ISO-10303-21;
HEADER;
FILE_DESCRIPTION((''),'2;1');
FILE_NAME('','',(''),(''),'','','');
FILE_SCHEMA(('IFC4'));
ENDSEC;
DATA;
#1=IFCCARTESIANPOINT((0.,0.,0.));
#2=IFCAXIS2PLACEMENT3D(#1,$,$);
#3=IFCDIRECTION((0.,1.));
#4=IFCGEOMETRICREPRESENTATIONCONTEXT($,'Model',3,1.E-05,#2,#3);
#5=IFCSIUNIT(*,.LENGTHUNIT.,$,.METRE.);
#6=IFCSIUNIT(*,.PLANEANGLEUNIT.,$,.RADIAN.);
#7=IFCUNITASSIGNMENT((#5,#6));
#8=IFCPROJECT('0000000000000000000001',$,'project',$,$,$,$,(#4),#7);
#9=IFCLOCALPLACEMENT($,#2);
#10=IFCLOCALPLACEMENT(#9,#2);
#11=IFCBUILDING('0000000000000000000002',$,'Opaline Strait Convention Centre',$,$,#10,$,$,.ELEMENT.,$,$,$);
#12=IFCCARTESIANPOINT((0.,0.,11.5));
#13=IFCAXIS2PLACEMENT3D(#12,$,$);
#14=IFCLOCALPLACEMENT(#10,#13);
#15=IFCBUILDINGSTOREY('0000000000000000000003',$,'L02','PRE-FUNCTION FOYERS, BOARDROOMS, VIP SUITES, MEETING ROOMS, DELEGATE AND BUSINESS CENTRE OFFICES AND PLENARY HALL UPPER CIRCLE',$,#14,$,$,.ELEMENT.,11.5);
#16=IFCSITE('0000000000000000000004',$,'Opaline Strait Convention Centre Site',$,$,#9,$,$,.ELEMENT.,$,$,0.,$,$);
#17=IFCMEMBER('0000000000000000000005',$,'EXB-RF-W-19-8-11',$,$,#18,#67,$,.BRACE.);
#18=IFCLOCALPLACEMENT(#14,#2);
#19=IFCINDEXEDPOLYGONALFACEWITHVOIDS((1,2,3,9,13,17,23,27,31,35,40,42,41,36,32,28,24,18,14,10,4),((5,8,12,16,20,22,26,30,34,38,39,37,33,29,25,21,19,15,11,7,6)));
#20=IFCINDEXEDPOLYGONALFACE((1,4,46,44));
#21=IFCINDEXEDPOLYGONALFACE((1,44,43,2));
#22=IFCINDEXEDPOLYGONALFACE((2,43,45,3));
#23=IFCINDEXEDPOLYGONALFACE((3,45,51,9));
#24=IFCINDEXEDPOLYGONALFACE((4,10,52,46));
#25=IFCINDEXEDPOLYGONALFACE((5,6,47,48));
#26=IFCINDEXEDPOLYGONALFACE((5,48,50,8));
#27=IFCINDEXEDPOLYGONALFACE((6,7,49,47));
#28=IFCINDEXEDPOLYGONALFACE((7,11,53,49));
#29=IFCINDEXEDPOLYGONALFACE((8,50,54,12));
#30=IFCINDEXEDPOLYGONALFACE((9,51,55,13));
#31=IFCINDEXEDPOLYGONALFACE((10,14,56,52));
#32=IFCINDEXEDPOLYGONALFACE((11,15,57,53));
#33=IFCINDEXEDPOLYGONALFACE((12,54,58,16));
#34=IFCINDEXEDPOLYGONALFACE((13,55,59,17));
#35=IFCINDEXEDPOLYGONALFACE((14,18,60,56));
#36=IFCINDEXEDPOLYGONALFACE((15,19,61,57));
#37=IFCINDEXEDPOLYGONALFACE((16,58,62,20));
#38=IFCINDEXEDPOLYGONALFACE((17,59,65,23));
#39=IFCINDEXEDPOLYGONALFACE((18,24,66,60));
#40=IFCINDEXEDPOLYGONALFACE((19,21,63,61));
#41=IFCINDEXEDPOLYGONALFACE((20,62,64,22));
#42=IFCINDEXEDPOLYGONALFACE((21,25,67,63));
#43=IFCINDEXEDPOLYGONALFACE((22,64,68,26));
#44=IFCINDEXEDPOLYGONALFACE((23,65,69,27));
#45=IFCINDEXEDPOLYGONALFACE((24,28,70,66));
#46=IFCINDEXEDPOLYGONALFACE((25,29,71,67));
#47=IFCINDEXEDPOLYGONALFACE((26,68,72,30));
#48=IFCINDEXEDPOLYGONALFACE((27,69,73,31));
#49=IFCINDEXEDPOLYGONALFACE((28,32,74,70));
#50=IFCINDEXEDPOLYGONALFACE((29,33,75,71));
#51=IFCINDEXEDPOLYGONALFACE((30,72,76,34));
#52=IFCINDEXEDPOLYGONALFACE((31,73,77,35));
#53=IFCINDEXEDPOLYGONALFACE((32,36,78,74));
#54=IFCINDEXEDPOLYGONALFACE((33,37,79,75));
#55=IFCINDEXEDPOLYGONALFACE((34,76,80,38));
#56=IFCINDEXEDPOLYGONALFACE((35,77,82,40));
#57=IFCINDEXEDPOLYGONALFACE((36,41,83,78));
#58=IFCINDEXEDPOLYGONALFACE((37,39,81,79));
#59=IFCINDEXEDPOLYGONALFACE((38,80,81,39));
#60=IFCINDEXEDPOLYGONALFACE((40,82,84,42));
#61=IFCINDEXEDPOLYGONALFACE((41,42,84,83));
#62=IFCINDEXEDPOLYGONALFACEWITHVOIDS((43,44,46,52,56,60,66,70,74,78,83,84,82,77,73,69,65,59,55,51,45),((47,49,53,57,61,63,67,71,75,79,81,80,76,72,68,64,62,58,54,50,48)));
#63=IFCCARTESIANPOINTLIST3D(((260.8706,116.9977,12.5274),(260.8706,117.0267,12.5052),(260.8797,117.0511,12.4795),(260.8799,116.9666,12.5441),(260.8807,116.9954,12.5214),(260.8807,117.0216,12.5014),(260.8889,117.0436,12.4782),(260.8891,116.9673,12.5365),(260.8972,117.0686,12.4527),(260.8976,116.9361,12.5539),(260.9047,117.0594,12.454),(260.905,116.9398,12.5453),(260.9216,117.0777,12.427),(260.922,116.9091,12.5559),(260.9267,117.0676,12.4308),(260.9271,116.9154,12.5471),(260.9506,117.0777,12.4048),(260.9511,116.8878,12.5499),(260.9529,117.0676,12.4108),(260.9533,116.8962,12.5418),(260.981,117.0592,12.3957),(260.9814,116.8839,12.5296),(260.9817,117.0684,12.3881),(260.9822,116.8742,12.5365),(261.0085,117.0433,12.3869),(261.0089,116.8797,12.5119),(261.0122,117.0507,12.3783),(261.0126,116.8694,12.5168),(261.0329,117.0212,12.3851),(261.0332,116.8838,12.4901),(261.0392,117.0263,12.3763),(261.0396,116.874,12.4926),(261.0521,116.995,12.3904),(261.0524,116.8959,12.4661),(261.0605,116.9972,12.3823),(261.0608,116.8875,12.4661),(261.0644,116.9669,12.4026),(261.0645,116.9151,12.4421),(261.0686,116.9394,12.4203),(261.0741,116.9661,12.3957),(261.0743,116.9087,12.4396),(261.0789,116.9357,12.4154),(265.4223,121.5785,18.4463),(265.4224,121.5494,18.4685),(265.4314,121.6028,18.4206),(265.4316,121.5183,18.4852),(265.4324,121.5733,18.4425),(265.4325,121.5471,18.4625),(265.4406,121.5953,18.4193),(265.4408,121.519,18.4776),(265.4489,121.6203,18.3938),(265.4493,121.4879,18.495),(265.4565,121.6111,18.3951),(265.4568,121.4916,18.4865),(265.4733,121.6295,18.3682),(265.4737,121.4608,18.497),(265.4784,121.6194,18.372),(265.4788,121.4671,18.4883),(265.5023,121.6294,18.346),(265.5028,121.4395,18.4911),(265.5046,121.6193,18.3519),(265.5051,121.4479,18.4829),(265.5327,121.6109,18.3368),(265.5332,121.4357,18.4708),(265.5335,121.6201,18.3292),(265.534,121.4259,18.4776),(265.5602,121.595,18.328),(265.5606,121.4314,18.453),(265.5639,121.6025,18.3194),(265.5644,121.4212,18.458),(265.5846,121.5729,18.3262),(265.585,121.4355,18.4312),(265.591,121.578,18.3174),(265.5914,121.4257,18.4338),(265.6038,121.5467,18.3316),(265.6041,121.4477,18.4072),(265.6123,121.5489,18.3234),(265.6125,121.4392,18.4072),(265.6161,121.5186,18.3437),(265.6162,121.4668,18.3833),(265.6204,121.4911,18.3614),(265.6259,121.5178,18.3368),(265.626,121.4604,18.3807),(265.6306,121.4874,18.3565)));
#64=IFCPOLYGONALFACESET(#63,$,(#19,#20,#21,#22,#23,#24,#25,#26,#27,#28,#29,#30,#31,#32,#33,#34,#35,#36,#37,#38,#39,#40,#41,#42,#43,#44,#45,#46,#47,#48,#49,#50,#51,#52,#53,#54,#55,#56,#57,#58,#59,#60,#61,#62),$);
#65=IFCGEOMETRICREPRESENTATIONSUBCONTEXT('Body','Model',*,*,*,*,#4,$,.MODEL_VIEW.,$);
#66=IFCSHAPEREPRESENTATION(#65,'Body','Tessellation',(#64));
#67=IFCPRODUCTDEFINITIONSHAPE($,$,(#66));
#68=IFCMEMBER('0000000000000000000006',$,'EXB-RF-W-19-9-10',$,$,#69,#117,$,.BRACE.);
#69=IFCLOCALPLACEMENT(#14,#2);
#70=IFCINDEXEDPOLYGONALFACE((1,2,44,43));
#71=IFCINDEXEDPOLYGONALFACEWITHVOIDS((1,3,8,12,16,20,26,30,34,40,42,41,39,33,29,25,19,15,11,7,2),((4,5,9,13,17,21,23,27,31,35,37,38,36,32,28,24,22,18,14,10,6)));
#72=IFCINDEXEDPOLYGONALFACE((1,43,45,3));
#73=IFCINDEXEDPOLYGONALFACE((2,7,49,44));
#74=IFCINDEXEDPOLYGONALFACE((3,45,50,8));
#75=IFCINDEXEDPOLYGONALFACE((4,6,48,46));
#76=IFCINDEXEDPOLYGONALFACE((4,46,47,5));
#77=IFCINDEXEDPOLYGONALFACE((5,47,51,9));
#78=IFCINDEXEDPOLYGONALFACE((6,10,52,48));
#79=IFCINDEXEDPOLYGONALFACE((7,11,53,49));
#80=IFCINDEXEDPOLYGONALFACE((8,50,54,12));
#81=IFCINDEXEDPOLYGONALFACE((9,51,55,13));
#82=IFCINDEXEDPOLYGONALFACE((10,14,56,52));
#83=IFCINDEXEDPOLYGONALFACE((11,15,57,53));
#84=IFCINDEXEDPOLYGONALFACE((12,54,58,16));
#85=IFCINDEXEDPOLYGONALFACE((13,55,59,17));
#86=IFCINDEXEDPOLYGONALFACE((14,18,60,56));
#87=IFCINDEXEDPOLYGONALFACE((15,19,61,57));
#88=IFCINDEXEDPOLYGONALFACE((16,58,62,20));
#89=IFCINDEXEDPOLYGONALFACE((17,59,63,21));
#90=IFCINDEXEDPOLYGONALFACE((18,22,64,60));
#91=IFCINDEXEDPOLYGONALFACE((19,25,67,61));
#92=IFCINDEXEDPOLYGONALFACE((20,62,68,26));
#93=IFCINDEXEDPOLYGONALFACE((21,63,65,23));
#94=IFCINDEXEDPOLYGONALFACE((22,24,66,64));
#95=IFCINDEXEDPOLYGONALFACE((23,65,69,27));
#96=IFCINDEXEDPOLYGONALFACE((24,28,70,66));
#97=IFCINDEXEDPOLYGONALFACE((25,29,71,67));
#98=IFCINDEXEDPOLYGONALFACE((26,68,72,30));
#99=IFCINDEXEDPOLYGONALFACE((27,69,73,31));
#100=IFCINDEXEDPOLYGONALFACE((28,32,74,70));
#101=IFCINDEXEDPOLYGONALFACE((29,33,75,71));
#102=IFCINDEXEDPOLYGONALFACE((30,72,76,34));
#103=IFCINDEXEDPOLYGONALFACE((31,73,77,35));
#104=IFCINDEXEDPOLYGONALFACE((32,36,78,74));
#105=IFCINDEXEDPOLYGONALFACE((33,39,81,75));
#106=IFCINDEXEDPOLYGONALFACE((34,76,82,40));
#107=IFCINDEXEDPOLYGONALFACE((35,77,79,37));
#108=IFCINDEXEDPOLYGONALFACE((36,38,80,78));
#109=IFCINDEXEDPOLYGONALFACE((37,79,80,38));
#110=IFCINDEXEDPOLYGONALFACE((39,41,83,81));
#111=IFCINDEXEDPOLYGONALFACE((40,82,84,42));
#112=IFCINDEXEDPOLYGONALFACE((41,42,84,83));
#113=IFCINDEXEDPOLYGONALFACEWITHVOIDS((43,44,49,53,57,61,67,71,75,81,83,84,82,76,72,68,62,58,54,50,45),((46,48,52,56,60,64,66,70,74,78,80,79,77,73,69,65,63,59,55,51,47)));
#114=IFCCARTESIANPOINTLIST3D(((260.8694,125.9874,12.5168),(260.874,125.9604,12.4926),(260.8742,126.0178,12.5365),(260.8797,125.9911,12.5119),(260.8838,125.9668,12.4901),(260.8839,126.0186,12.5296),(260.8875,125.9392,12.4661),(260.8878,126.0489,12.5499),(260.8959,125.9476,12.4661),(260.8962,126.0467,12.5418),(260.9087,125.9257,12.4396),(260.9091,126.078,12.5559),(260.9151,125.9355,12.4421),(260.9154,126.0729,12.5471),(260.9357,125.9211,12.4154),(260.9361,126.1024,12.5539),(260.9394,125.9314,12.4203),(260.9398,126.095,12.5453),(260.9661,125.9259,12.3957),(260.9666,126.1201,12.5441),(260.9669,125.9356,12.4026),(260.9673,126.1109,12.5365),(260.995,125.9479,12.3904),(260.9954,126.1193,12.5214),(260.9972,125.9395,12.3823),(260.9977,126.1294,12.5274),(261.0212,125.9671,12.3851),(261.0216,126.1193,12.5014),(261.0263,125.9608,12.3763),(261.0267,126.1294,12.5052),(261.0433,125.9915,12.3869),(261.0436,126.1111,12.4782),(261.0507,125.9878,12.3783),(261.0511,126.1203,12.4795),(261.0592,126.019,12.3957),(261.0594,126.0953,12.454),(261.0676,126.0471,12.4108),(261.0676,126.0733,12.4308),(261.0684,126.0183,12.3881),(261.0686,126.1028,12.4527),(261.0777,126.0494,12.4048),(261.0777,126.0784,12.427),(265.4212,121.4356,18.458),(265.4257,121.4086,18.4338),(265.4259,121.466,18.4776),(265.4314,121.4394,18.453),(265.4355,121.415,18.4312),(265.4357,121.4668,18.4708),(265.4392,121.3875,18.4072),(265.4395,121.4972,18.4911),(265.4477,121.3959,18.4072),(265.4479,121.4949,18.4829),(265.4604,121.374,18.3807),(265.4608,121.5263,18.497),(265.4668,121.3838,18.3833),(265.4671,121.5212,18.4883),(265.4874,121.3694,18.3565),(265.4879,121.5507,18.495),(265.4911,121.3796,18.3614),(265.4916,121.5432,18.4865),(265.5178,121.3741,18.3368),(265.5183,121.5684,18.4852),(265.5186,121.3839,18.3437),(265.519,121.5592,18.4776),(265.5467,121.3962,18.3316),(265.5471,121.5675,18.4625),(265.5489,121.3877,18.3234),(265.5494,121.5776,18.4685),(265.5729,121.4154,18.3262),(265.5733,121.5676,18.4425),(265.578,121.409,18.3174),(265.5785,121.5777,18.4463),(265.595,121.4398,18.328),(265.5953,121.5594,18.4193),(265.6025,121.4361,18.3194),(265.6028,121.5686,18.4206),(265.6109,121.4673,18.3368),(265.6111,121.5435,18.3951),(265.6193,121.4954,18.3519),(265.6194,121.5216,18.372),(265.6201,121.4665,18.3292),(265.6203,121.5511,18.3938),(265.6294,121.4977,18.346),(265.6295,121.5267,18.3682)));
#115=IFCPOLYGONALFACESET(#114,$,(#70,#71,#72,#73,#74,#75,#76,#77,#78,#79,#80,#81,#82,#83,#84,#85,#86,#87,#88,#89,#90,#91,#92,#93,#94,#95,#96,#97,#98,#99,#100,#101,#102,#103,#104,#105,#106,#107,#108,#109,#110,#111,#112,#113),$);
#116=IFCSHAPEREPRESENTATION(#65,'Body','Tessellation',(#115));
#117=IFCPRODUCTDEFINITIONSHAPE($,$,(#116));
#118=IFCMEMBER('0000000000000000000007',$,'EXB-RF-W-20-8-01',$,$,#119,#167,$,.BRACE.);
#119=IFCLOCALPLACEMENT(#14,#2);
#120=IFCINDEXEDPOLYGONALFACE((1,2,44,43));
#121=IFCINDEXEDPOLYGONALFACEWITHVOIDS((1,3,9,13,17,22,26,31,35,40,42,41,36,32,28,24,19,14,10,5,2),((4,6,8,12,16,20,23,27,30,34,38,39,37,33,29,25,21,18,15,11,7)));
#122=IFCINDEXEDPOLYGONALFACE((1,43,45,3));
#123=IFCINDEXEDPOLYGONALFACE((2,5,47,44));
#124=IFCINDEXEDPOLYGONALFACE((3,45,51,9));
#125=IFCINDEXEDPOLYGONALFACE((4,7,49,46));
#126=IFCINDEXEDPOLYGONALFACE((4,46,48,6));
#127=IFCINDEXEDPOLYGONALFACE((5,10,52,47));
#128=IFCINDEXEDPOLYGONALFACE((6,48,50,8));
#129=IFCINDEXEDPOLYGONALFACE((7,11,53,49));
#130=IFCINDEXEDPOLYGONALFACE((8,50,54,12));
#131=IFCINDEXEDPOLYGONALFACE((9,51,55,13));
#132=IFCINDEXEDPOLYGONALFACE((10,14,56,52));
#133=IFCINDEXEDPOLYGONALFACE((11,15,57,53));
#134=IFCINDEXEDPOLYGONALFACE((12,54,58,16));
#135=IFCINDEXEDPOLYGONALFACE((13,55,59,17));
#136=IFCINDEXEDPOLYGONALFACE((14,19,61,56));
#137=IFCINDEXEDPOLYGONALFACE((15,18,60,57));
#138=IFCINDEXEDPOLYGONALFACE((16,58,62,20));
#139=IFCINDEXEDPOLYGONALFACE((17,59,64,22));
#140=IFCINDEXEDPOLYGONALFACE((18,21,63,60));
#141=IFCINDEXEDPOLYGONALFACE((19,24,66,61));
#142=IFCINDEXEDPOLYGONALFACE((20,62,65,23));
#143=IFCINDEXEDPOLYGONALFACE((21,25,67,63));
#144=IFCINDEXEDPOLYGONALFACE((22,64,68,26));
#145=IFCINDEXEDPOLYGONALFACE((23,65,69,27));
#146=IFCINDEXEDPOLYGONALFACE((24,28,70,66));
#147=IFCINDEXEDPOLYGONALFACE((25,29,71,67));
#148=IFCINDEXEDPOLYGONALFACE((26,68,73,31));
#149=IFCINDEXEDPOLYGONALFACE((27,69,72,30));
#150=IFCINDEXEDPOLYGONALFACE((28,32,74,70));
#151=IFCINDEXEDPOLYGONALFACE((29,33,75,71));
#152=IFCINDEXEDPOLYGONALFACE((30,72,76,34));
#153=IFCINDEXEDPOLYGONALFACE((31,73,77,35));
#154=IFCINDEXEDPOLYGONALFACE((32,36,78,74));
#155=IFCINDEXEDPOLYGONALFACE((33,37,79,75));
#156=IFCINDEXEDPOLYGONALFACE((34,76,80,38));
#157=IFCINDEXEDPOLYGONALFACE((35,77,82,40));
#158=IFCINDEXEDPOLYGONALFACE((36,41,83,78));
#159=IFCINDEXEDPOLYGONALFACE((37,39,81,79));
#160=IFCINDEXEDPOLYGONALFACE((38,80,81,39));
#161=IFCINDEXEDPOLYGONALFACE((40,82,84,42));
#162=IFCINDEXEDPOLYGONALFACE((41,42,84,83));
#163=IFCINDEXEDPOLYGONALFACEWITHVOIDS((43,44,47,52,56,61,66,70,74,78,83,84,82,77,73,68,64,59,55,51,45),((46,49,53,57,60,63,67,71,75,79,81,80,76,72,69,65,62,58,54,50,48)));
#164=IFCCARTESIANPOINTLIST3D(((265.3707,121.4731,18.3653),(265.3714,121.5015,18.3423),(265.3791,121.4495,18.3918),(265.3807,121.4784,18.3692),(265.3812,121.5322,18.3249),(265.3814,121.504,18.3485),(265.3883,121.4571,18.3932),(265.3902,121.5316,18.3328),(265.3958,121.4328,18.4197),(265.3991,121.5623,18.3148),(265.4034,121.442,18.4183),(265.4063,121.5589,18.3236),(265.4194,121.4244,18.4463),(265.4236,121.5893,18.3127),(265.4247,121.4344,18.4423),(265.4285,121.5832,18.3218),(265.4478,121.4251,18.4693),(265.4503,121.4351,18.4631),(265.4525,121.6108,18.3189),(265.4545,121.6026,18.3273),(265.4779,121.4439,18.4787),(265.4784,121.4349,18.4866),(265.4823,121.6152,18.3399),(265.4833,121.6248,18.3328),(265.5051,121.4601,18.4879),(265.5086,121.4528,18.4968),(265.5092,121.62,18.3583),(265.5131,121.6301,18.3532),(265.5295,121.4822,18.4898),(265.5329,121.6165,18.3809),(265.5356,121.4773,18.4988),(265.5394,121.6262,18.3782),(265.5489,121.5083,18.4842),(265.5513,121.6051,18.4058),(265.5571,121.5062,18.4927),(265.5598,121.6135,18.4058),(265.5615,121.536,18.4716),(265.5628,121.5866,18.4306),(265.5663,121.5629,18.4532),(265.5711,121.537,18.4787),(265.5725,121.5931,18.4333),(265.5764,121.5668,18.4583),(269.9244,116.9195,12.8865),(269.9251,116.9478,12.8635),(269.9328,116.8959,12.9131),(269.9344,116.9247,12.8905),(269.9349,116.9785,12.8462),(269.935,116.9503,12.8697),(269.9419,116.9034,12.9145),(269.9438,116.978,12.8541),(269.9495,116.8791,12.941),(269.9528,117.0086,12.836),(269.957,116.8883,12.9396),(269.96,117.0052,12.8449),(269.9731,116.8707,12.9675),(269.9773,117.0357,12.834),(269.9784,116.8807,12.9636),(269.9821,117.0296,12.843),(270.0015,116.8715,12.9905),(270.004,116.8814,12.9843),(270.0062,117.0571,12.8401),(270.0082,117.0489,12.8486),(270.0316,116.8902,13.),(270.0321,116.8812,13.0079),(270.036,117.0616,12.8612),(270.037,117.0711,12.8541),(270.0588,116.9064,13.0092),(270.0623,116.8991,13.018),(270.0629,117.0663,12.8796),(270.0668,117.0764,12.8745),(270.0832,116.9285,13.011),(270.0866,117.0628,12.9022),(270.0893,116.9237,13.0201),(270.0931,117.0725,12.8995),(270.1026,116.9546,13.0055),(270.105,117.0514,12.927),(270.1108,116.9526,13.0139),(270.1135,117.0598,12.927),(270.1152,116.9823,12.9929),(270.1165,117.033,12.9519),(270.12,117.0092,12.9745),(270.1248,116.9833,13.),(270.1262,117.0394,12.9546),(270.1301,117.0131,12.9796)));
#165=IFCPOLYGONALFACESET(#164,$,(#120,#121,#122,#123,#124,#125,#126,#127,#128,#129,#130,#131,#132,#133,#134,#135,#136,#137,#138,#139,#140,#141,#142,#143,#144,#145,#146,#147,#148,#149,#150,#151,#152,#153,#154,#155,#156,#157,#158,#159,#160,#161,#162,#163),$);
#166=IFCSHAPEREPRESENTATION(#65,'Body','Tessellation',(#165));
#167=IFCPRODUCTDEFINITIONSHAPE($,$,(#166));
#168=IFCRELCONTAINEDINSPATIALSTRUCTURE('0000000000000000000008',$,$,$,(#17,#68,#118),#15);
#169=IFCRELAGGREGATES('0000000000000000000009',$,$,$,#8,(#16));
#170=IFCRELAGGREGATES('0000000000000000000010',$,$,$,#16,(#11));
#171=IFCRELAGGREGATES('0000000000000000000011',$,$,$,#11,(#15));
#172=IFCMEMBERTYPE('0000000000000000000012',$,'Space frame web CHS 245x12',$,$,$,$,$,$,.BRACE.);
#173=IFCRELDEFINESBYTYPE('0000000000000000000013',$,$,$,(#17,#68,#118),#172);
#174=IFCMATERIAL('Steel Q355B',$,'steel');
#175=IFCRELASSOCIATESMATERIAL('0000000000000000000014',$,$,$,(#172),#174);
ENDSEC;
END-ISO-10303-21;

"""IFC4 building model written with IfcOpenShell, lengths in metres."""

from ifc_helpers import new_model, si_unit, direction, frame, origin, origin_2d, place, context, subcontext, project, spatial, hollow_circle, extrude, material, material_profile, profile_set, type_object, element, save


model = new_model("IFC4")

# Units and contexts
model_context = context("Model", 3, precision=1e-05, world=origin(), true_north=direction((0.0, 1.0)))
body_context = subcontext(model_context, "Body", "Model", "MODEL_VIEW")
ifc_project = project(units=[si_unit("LENGTHUNIT", "METRE"), si_unit("PLANEANGLEUNIT", "RADIAN")], contexts=[model_context])

# Site, building, storey
site_placement = place(None, origin())
site = spatial("IfcSite", under=ifc_project, at=site_placement, Name="Opaline Strait Convention Centre Site", CompositionType="ELEMENT", RefElevation=0.0)
building_placement = place(site_placement, origin())
building = spatial("IfcBuilding", under=site, at=building_placement, Name="Opaline Strait Convention Centre", CompositionType="ELEMENT")
storey_placement = place(building_placement, frame((0.0, 0.0, 11.5)))
storey = spatial("IfcBuildingStorey", under=building, at=storey_placement, Name="L02", Description="PRE-FUNCTION FOYERS, BOARDROOMS, VIP SUITES, MEETING ROOMS, DELEGATE AND BUSINESS CENTRE OFFICES AND PLENARY HALL UPPER CIRCLE", CompositionType="ELEMENT", Elevation=11.5)

# Members
ifc_material_1 = material(Name="Steel Q355B", Category="steel")
ifc_material_profile_1 = material_profile(ifc_material_1, hollow_circle(Radius=0.1226, WallThickness=0.012, at=origin_2d()), Name="CHS 245x12")
ifc_profile_set_1 = profile_set([ifc_material_profile_1], Name="Steel Q355B")
member_type_1 = type_object("IfcMemberType", Name="Space frame web CHS 245x12", PredefinedType="BRACE", material=ifc_profile_set_1)
for number, where, z_axis, x_axis, name in (
    (1, (265.5259, 121.5259, 18.4072), (-0.519618, -0.519618, -0.678229), (0.707107, -0.707107, 0.0), "EXB-RF-W-19-8-11"),
    (2, (265.5259, 121.4741, 18.4072), (-0.519618, 0.519618, -0.678229), (-0.707107, -0.707107, 0.0), "EXB-RF-W-19-9-10"),
):
    element("IfcMember", number, at=place(storey_placement, frame(where, z_axis=z_axis, x_axis=x_axis)), inside=storey, type_object=member_type_1, Name=name, PredefinedType="BRACE", context=body_context, shape_type="SweptSolid", body=[
        extrude(hollow_circle(Radius=0.1226, WallThickness=0.012, at=origin_2d()), origin(), (0.0, 0.0, 1.0), 8.7598),
    ])
member_1_placement = place(storey_placement, frame((265.4731, 121.5269, 18.4058), z_axis=(0.538573, -0.538573, -0.64798), x_axis=(0.707107, 0.707107, 0.0)))
element("IfcMember", 3, at=member_1_placement, inside=storey, type_object=member_type_1, Name="EXB-RF-W-20-8-01", PredefinedType="BRACE", context=body_context, shape_type="SweptSolid", body=[
    extrude(hollow_circle(Radius=0.1226, WallThickness=0.012, at=origin_2d()), origin(), (0.0, 0.0, 1.0), 8.4551),
])

save(model, "model.ifc")
